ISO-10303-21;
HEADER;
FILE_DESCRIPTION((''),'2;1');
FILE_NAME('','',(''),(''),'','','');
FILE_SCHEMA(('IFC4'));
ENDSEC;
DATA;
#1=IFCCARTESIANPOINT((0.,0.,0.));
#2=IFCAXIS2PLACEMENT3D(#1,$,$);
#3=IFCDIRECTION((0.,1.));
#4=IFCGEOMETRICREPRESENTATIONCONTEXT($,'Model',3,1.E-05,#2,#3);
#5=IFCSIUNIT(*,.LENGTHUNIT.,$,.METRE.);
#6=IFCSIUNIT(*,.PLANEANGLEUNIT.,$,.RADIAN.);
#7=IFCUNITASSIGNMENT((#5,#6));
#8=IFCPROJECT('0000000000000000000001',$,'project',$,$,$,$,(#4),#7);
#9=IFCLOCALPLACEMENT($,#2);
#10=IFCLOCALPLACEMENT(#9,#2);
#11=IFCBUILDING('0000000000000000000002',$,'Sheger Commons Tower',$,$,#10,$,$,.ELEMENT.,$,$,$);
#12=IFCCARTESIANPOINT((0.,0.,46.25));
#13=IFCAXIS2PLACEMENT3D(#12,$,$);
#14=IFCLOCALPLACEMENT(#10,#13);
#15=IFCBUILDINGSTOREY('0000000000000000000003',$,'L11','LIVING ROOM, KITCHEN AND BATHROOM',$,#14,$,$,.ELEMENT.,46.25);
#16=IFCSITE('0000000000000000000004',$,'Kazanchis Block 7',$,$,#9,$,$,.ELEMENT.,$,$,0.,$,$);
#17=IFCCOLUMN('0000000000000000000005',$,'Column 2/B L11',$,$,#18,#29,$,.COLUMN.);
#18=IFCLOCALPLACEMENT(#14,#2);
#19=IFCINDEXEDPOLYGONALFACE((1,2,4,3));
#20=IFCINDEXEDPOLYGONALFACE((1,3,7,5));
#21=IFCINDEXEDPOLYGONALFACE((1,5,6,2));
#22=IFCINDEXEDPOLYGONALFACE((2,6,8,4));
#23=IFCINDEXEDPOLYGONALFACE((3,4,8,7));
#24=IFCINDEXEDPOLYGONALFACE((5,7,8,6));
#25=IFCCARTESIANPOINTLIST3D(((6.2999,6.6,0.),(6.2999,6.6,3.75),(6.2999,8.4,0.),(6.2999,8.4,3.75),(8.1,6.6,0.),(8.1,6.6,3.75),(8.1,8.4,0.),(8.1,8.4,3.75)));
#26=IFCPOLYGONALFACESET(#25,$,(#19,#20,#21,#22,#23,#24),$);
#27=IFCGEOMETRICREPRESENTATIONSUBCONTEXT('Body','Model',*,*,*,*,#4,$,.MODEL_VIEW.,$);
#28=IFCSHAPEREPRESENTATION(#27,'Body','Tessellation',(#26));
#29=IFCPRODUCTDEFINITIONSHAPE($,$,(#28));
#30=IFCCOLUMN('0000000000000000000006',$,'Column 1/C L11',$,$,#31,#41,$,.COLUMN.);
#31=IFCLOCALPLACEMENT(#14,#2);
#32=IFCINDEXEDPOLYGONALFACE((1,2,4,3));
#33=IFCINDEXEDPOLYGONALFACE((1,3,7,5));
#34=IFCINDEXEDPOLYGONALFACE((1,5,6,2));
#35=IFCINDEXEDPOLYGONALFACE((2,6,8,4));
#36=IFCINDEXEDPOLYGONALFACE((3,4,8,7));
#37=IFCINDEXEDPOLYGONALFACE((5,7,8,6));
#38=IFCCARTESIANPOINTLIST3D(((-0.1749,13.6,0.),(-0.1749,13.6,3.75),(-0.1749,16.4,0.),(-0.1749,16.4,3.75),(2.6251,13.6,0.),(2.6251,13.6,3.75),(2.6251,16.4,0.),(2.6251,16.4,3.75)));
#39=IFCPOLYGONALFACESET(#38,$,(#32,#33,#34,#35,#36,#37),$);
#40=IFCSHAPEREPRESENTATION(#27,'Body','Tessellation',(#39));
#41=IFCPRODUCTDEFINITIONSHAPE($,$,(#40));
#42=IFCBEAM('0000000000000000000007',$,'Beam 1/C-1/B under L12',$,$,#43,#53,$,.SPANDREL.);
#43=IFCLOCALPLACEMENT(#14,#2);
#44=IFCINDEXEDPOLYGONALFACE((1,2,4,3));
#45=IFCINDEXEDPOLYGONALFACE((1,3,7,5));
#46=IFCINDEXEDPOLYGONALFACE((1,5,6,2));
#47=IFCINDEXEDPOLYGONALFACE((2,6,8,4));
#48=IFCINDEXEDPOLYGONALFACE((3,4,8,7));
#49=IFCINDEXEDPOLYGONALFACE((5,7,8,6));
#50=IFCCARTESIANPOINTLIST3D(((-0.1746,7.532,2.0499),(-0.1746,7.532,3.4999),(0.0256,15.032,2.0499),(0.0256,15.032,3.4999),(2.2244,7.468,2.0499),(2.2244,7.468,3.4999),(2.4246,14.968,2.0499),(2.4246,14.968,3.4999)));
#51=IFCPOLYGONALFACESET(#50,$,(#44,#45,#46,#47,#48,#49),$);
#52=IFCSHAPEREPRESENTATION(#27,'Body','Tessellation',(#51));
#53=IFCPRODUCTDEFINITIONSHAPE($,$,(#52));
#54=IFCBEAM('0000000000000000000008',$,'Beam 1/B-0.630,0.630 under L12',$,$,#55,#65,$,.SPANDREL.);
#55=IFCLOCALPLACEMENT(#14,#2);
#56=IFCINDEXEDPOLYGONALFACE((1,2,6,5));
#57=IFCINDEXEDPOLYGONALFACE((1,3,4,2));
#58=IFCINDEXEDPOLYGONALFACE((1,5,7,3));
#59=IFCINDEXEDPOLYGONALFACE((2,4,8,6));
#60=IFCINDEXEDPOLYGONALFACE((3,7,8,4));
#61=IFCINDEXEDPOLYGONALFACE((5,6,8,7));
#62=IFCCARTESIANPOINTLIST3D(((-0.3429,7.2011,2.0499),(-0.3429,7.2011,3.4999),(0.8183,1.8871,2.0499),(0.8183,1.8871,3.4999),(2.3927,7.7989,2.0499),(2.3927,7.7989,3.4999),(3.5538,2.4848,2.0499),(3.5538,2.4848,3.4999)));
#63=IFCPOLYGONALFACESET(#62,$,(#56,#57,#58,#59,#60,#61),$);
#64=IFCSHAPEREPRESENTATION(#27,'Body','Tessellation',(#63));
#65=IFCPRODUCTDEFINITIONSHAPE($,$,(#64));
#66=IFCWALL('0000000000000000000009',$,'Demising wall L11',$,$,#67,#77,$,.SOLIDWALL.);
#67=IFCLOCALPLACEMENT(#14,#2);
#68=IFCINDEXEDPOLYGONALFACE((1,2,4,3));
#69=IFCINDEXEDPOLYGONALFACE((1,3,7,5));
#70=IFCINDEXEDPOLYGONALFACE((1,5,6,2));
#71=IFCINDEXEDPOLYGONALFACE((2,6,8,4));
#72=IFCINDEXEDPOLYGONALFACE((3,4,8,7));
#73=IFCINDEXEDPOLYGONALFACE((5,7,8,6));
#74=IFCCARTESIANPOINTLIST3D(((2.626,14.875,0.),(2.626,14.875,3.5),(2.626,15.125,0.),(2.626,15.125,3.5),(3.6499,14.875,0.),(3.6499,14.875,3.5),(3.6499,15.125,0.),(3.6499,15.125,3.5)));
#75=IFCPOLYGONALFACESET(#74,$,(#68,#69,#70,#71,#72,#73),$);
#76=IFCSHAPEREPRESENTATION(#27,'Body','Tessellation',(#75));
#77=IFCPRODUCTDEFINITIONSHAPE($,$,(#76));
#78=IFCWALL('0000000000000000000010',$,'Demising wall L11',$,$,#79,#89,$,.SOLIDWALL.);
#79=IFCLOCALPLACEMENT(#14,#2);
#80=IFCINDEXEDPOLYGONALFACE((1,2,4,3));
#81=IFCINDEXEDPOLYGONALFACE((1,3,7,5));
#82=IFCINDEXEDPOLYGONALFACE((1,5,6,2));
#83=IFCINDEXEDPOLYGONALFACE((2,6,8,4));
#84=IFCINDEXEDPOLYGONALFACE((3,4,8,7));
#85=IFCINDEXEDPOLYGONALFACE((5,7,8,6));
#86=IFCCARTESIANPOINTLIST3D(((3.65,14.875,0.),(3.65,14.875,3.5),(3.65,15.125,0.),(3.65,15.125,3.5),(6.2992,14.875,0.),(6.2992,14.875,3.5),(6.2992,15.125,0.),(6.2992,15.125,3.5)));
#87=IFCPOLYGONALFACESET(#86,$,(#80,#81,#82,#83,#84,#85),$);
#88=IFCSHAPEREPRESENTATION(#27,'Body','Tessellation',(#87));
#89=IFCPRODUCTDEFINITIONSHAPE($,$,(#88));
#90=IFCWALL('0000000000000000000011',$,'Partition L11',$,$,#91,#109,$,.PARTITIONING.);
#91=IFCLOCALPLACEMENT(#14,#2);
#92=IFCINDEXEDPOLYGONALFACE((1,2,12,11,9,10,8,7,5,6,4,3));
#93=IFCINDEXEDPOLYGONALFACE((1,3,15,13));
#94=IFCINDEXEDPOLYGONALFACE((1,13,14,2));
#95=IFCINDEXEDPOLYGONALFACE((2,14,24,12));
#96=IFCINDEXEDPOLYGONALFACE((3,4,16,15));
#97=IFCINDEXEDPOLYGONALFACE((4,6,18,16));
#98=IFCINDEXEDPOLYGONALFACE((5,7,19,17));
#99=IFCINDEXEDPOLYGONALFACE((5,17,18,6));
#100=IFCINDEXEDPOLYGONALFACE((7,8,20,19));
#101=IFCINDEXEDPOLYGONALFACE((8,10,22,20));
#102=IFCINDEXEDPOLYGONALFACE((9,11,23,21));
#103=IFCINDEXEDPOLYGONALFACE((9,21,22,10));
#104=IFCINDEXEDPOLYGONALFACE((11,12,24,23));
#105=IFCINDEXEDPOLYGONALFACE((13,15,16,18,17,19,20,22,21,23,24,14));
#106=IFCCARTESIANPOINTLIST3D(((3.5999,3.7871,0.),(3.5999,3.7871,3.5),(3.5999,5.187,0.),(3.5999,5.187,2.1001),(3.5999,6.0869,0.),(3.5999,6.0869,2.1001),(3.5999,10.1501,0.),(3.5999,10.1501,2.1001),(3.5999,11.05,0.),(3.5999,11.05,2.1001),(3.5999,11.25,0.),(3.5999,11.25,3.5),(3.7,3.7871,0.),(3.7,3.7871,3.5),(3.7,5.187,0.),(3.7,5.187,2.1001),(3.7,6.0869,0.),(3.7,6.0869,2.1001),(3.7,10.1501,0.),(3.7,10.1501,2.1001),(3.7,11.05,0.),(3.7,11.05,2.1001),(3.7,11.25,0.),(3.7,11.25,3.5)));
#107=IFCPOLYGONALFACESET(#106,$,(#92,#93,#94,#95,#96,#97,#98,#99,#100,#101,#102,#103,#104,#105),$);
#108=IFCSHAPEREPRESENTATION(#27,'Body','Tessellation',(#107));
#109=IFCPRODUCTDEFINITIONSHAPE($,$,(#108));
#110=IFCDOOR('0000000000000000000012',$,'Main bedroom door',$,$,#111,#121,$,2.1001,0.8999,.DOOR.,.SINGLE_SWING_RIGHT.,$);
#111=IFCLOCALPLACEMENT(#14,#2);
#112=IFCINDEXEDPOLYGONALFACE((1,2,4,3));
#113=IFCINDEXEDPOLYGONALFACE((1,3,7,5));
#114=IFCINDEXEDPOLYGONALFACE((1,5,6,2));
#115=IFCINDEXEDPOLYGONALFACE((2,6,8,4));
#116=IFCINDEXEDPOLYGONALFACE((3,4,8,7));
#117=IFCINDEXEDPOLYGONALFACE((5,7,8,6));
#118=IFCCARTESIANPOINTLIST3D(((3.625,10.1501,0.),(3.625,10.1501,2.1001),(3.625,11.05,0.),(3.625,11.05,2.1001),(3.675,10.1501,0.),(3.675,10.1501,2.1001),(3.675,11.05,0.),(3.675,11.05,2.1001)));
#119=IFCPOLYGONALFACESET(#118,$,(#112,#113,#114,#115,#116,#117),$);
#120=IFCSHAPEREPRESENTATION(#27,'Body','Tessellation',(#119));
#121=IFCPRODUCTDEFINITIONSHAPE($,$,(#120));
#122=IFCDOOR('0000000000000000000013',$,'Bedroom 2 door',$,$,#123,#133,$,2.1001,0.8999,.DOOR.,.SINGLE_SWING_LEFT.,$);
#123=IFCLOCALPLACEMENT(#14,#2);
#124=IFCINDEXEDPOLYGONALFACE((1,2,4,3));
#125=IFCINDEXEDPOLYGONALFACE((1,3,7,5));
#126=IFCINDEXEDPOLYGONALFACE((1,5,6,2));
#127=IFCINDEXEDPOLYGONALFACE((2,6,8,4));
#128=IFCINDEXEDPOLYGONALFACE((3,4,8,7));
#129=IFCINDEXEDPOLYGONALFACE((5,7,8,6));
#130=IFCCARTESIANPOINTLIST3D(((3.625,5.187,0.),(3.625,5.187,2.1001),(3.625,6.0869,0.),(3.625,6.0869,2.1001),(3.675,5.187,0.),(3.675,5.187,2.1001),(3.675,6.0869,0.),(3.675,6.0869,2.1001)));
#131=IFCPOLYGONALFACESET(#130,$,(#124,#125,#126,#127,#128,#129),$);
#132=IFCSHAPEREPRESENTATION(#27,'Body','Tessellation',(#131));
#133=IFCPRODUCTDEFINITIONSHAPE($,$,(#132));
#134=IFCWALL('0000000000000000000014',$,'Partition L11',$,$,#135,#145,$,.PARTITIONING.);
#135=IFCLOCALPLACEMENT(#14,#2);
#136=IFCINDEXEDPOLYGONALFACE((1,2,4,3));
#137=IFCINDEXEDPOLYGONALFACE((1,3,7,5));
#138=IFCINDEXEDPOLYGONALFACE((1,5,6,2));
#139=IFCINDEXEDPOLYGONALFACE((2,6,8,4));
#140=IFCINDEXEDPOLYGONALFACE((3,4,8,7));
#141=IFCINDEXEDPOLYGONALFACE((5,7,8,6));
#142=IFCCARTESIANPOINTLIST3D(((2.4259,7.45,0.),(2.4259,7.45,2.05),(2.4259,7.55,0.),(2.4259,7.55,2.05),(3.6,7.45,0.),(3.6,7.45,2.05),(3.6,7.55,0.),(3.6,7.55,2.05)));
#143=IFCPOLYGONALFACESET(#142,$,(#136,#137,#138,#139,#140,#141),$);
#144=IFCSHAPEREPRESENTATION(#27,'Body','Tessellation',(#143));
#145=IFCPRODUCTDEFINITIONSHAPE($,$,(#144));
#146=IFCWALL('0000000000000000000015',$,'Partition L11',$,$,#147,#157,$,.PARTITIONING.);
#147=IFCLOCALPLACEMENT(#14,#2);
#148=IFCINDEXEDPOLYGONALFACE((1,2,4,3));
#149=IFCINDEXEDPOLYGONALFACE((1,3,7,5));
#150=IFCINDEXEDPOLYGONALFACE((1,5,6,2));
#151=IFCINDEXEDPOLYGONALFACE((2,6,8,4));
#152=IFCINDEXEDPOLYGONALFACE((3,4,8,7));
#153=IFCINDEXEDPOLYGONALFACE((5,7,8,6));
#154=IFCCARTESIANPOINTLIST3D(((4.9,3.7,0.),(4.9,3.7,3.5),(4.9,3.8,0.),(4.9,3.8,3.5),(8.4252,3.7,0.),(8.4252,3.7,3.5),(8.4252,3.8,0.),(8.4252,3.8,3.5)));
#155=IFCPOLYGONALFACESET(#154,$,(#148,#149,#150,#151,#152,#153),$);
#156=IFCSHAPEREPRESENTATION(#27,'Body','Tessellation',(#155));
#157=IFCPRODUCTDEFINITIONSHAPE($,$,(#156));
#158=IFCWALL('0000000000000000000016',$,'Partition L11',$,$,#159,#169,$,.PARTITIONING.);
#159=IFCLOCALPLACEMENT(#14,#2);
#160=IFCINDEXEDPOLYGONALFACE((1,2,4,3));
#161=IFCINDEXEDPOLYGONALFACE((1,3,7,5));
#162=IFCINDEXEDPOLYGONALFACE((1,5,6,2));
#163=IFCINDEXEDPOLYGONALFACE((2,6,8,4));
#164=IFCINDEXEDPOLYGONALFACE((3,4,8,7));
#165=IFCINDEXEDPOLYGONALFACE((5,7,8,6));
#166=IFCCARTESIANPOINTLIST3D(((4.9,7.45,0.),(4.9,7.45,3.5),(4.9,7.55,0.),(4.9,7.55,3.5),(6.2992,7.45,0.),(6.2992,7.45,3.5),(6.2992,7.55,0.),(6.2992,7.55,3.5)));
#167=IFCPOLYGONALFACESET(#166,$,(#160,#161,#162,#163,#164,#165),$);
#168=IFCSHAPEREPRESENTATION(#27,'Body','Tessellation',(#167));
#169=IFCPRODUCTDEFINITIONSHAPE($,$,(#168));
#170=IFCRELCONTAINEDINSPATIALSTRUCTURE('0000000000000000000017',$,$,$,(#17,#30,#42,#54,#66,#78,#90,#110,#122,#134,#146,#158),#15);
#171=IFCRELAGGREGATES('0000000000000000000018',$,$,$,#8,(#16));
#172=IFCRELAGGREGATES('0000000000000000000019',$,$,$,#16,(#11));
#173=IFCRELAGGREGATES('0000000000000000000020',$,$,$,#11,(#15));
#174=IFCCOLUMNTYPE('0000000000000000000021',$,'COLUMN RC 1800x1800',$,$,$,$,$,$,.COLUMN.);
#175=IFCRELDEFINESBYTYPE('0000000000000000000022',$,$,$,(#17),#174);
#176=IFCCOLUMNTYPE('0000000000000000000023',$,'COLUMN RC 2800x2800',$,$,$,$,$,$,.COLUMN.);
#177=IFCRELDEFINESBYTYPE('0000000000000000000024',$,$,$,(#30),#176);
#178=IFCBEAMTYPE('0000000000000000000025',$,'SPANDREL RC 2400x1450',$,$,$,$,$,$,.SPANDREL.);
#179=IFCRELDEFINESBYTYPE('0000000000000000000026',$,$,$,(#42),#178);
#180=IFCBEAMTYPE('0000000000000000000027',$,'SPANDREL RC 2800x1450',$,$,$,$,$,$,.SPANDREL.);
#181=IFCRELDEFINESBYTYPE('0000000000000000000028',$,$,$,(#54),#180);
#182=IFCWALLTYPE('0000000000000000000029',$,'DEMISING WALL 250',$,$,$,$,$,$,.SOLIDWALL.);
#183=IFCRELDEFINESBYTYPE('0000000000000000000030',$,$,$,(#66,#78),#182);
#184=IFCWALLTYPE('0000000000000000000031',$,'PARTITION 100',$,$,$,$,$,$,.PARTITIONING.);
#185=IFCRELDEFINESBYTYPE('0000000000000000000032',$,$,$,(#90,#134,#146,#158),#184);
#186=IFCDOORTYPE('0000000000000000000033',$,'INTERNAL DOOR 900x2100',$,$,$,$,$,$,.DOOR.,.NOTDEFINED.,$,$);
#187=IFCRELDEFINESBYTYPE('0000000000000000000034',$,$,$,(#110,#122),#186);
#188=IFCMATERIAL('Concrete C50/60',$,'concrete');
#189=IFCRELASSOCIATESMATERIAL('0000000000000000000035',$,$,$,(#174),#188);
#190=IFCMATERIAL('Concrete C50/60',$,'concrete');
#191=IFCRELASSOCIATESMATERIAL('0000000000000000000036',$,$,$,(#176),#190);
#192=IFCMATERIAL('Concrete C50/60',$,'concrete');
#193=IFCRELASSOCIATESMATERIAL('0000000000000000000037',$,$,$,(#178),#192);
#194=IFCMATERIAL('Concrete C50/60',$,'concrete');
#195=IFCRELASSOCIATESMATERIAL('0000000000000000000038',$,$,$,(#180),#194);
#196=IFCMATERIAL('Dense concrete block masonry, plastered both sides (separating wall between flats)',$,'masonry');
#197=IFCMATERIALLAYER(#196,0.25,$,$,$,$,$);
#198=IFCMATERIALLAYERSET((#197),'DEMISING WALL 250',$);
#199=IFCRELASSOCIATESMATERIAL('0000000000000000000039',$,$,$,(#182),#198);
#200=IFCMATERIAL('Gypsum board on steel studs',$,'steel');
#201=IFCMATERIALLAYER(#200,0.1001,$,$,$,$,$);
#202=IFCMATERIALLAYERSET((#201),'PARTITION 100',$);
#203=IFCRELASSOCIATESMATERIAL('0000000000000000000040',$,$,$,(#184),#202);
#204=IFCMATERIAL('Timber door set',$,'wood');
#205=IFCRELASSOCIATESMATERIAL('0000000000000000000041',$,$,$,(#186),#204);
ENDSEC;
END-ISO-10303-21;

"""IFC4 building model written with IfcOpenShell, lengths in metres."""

from ifc_helpers import new_model, si_unit, direction, frame, frame_2d, origin, origin_2d, place, context, subcontext, project, spatial, rectangle, extrude, material, layer, layer_set, material_profile, profile_set, type_object, element, fill, save


model = new_model("IFC4")

# Units and contexts
model_context = context("Model", 3, precision=1e-05, world=origin(), true_north=direction((0.0, 1.0)))
body_context = subcontext(model_context, "Body", "Model", "MODEL_VIEW")
ifc_project = project(units=[si_unit("LENGTHUNIT", "METRE"), si_unit("PLANEANGLEUNIT", "RADIAN")], contexts=[model_context])

# Site, building, storey
site_placement = place(None, origin())
site = spatial("IfcSite", under=ifc_project, at=site_placement, Name="Kazanchis Block 7", CompositionType="ELEMENT", RefElevation=0.0)
building_placement = place(site_placement, origin())
building = spatial("IfcBuilding", under=site, at=building_placement, Name="Sheger Commons Tower", CompositionType="ELEMENT")
storey_placement = place(building_placement, frame((0.0, 0.0, 46.25)))
storey = spatial("IfcBuildingStorey", under=building, at=storey_placement, Name="L11", Description="LIVING ROOM, KITCHEN AND BATHROOM", CompositionType="ELEMENT", Elevation=46.25)

# Columns
ifc_material_1 = material(Name="Concrete C50/60", Category="concrete")
ifc_material_profile_1 = material_profile(ifc_material_1, rectangle(XDim=1.8, YDim=1.8, at=origin_2d()), Name="RC 1800x1800")
ifc_profile_set_1 = profile_set([ifc_material_profile_1], Name="Concrete C50/60")
column_type_1 = type_object("IfcColumnType", Name="COLUMN RC 1800x1800", PredefinedType="COLUMN", material=ifc_profile_set_1)
column_1_placement = place(storey_placement, frame((7.2, 7.5, 0.0), z_axis=(0.0, 0.0, 1.0), x_axis=(1.0, 0.0, 0.0)))
element("IfcColumn", 1, at=column_1_placement, inside=storey, type_object=column_type_1, Name="Column 2/B L11", PredefinedType="COLUMN", context=body_context, shape_type="SweptSolid", body=[
    extrude(rectangle(XDim=1.8, YDim=1.8, at=origin_2d()), origin(), (0.0, 0.0, 1.0), 3.75),
])
ifc_material_2 = material(Name="Concrete C50/60", Category="concrete")
ifc_material_profile_2 = material_profile(ifc_material_2, rectangle(XDim=2.8, YDim=2.8, at=origin_2d()), Name="RC 2800x2800")
ifc_profile_set_2 = profile_set([ifc_material_profile_2], Name="Concrete C50/60")
column_type_2 = type_object("IfcColumnType", Name="COLUMN RC 2800x2800", PredefinedType="COLUMN", material=ifc_profile_set_2)
column_2_placement = place(storey_placement, frame((1.2251, 15.0, 0.0), z_axis=(0.0, 0.0, 1.0), x_axis=(1.0, 0.0, 0.0)))
element("IfcColumn", 2, at=column_2_placement, inside=storey, type_object=column_type_2, Name="Column 1/C L11", PredefinedType="COLUMN", context=body_context, shape_type="SweptSolid", body=[
    extrude(rectangle(XDim=2.8, YDim=2.8, at=origin_2d()), origin(), (0.0, 0.0, 1.0), 3.75),
])

# Beams
ifc_material_3 = material(Name="Concrete C50/60", Category="concrete")
ifc_material_profile_3 = material_profile(ifc_material_3, rectangle(XDim=2.3999, YDim=1.45, at=origin_2d()), Name="RC 2400x1450")
ifc_profile_set_3 = profile_set([ifc_material_profile_3], Name="Concrete C50/60")
beam_type_1 = type_object("IfcBeamType", Name="SPANDREL RC 2400x1450", PredefinedType="SPANDREL", material=ifc_profile_set_3)
beam_1_placement = place(storey_placement, frame((1.2251, 15.0, 2.7749), z_axis=(-0.026683, -0.999644, 0.0), x_axis=(0.999644, -0.026683, 0.0)))
element("IfcBeam", 3, at=beam_1_placement, inside=storey, type_object=beam_type_1, Name="Beam 1/C-1/B under L12", PredefinedType="SPANDREL", context=body_context, shape_type="SweptSolid", body=[
    extrude(rectangle(XDim=2.3999, YDim=1.45, at=origin_2d()), origin(), (0.0, 0.0, 1.0), 7.5027),
])
ifc_material_4 = material(Name="Concrete C50/60", Category="concrete")
ifc_material_profile_4 = material_profile(ifc_material_4, rectangle(XDim=2.8, YDim=1.45, at=origin_2d()), Name="RC 2800x1450")
ifc_profile_set_4 = profile_set([ifc_material_profile_4], Name="Concrete C50/60")
beam_type_2 = type_object("IfcBeamType", Name="SPANDREL RC 2800x1450", PredefinedType="SPANDREL", material=ifc_profile_set_4)
beam_2_placement = place(storey_placement, frame((1.0249, 7.5, 2.7749), z_axis=(0.213469, -0.97695, 0.0), x_axis=(0.97695, 0.213469, 0.0)))
element("IfcBeam", 4, at=beam_2_placement, inside=storey, type_object=beam_type_2, Name="Beam 1/B-0.630,0.630 under L12", PredefinedType="SPANDREL", context=body_context, shape_type="SweptSolid", body=[
    extrude(rectangle(XDim=2.8, YDim=1.45, at=origin_2d()), origin(), (0.0, 0.0, 1.0), 5.4395),
])

# Walls
ifc_material_5 = material(Name="Dense concrete block masonry, plastered both sides (separating wall between flats)", Category="masonry")
ifc_layer_1 = layer(ifc_material_5, 0.25)
ifc_layer_set_1 = layer_set([ifc_layer_1], Name="DEMISING WALL 250")
wall_type_1 = type_object("IfcWallType", Name="DEMISING WALL 250", PredefinedType="SOLIDWALL", material=ifc_layer_set_1)
wall_1_placement = place(storey_placement, frame((2.626, 15.0, 0.0), z_axis=(0.0, 0.0, 1.0), x_axis=(1.0, 0.0, 0.0)))
element("IfcWall", 5, at=wall_1_placement, inside=storey, type_object=wall_type_1, Name="Demising wall L11", PredefinedType="SOLIDWALL", context=body_context, shape_type="SweptSolid", body=[
    extrude(rectangle(XDim=1.0239, YDim=0.25, at=frame_2d((0.512, 0.0))), origin(), (0.0, 0.0, 1.0), 3.5),
])
wall_2_placement = place(storey_placement, frame((3.6499, 15.0, 0.0), z_axis=(0.0, 0.0, 1.0), x_axis=(1.0, 0.0, 0.0)))
element("IfcWall", 6, at=wall_2_placement, inside=storey, type_object=wall_type_1, Name="Demising wall L11", PredefinedType="SOLIDWALL", context=body_context, shape_type="SweptSolid", body=[
    extrude(rectangle(XDim=2.6492, YDim=0.25, at=frame_2d((1.3247, 0.0))), origin(), (0.0, 0.0, 1.0), 3.5),
])

# Wall, openings, doors
ifc_material_6 = material(Name="Gypsum board on steel studs", Category="steel")
ifc_layer_2 = layer(ifc_material_6, 0.1001)
ifc_layer_set_2 = layer_set([ifc_layer_2], Name="PARTITION 100")
wall_type_2 = type_object("IfcWallType", Name="PARTITION 100", PredefinedType="PARTITIONING", material=ifc_layer_set_2)
wall_3_placement = place(storey_placement, frame((3.6499, 3.7871, 0.0), z_axis=(0.0, 0.0, 1.0), x_axis=(0.0, 1.0, 0.0)))
wall_3 = element("IfcWall", 7, at=wall_3_placement, inside=storey, type_object=wall_type_2, Name="Partition L11", PredefinedType="PARTITIONING", context=body_context, shape_type="SweptSolid", body=[
    extrude(rectangle(XDim=7.4629, YDim=0.1001, at=frame_2d((3.7314, 0.0))), origin(), (0.0, 0.0, 1.0), 3.5),
])
opening_1_placement = place(wall_3_placement, frame((6.363, 0.0, 0.0)))
opening_1 = element("IfcOpeningElement", 8, at=opening_1_placement, cuts=wall_3, PredefinedType="OPENING", context=body_context, shape_type="SweptSolid", body=[
    extrude(rectangle(XDim=0.8999, YDim=2.1001, at=frame_2d((0.45, 1.05))), frame((0.0, 0.0601, 0.0), z_axis=(0.0, -1.0, 0.0), x_axis=(1.0, 0.0, 0.0)), (0.0, 0.0, 1.0), 0.1201),
])
opening_2_placement = place(wall_3_placement, frame((1.3999, 0.0, 0.0)))
opening_2 = element("IfcOpeningElement", 9, at=opening_2_placement, cuts=wall_3, PredefinedType="OPENING", context=body_context, shape_type="SweptSolid", body=[
    extrude(rectangle(XDim=0.8999, YDim=2.1001, at=frame_2d((0.45, 1.05))), frame((0.0, 0.0601, 0.0), z_axis=(0.0, -1.0, 0.0), x_axis=(1.0, 0.0, 0.0)), (0.0, 0.0, 1.0), 0.1201),
])
ifc_material_7 = material(Name="Timber door set", Category="wood")
door_type = type_object("IfcDoorType", Name="INTERNAL DOOR 900x2100", OperationType="NOTDEFINED", PredefinedType="DOOR", material=ifc_material_7)
door_1_placement = place(opening_1_placement, origin())
door_1 = element("IfcDoor", 10, at=door_1_placement, inside=storey, type_object=door_type, Name="Main bedroom door", OperationType="SINGLE_SWING_RIGHT", OverallHeight=2.1001, OverallWidth=0.8999, PredefinedType="DOOR", context=body_context, shape_type="SweptSolid", body=[
    extrude(rectangle(XDim=0.8999, YDim=2.1001, at=frame_2d((0.45, 1.05))), frame((0.0, 0.0249, 0.0), z_axis=(0.0, -1.0, 0.0), x_axis=(1.0, 0.0, 0.0)), (0.0, 0.0, 1.0), 0.05),
])
fill(opening_1, door_1)
door_2_placement = place(opening_2_placement, origin())
door_2 = element("IfcDoor", 11, at=door_2_placement, inside=storey, type_object=door_type, Name="Bedroom 2 door", OperationType="SINGLE_SWING_LEFT", OverallHeight=2.1001, OverallWidth=0.8999, PredefinedType="DOOR", context=body_context, shape_type="SweptSolid", body=[
    extrude(rectangle(XDim=0.8999, YDim=2.1001, at=frame_2d((0.45, 1.05))), frame((0.0, 0.0249, 0.0), z_axis=(0.0, -1.0, 0.0), x_axis=(1.0, 0.0, 0.0)), (0.0, 0.0, 1.0), 0.05),
])
fill(opening_2, door_2)

# Walls
wall_4_placement = place(storey_placement, frame((2.426, 7.5, 0.0), z_axis=(0.0, 0.0, 1.0), x_axis=(1.0, 0.0, 0.0)))
element("IfcWall", 12, at=wall_4_placement, inside=storey, type_object=wall_type_2, Name="Partition L11", PredefinedType="PARTITIONING", context=body_context, shape_type="SweptSolid", body=[
    extrude(rectangle(XDim=1.1741, YDim=0.1001, at=frame_2d((0.5869, 0.0))), origin(), (0.0, 0.0, 1.0), 2.05),
])
wall_5_placement = place(storey_placement, frame((4.8999, 3.75, 0.0), z_axis=(0.0, 0.0, 1.0), x_axis=(1.0, 0.0, 0.0)))
element("IfcWall", 13, at=wall_5_placement, inside=storey, type_object=wall_type_2, Name="Partition L11", PredefinedType="PARTITIONING", context=body_context, shape_type="SweptSolid", body=[
    extrude(rectangle(XDim=3.5251, YDim=0.1001, at=frame_2d((1.7627, 0.0))), origin(), (0.0, 0.0, 1.0), 3.5),
])
wall_6_placement = place(storey_placement, frame((4.8999, 7.5, 0.0), z_axis=(0.0, 0.0, 1.0), x_axis=(1.0, 0.0, 0.0)))
element("IfcWall", 14, at=wall_6_placement, inside=storey, type_object=wall_type_2, Name="Partition L11", PredefinedType="PARTITIONING", context=body_context, shape_type="SweptSolid", body=[
    extrude(rectangle(XDim=1.3992, YDim=0.1001, at=frame_2d((0.6997, 0.0))), origin(), (0.0, 0.0, 1.0), 3.5),
])

save(model, "model.ifc")
